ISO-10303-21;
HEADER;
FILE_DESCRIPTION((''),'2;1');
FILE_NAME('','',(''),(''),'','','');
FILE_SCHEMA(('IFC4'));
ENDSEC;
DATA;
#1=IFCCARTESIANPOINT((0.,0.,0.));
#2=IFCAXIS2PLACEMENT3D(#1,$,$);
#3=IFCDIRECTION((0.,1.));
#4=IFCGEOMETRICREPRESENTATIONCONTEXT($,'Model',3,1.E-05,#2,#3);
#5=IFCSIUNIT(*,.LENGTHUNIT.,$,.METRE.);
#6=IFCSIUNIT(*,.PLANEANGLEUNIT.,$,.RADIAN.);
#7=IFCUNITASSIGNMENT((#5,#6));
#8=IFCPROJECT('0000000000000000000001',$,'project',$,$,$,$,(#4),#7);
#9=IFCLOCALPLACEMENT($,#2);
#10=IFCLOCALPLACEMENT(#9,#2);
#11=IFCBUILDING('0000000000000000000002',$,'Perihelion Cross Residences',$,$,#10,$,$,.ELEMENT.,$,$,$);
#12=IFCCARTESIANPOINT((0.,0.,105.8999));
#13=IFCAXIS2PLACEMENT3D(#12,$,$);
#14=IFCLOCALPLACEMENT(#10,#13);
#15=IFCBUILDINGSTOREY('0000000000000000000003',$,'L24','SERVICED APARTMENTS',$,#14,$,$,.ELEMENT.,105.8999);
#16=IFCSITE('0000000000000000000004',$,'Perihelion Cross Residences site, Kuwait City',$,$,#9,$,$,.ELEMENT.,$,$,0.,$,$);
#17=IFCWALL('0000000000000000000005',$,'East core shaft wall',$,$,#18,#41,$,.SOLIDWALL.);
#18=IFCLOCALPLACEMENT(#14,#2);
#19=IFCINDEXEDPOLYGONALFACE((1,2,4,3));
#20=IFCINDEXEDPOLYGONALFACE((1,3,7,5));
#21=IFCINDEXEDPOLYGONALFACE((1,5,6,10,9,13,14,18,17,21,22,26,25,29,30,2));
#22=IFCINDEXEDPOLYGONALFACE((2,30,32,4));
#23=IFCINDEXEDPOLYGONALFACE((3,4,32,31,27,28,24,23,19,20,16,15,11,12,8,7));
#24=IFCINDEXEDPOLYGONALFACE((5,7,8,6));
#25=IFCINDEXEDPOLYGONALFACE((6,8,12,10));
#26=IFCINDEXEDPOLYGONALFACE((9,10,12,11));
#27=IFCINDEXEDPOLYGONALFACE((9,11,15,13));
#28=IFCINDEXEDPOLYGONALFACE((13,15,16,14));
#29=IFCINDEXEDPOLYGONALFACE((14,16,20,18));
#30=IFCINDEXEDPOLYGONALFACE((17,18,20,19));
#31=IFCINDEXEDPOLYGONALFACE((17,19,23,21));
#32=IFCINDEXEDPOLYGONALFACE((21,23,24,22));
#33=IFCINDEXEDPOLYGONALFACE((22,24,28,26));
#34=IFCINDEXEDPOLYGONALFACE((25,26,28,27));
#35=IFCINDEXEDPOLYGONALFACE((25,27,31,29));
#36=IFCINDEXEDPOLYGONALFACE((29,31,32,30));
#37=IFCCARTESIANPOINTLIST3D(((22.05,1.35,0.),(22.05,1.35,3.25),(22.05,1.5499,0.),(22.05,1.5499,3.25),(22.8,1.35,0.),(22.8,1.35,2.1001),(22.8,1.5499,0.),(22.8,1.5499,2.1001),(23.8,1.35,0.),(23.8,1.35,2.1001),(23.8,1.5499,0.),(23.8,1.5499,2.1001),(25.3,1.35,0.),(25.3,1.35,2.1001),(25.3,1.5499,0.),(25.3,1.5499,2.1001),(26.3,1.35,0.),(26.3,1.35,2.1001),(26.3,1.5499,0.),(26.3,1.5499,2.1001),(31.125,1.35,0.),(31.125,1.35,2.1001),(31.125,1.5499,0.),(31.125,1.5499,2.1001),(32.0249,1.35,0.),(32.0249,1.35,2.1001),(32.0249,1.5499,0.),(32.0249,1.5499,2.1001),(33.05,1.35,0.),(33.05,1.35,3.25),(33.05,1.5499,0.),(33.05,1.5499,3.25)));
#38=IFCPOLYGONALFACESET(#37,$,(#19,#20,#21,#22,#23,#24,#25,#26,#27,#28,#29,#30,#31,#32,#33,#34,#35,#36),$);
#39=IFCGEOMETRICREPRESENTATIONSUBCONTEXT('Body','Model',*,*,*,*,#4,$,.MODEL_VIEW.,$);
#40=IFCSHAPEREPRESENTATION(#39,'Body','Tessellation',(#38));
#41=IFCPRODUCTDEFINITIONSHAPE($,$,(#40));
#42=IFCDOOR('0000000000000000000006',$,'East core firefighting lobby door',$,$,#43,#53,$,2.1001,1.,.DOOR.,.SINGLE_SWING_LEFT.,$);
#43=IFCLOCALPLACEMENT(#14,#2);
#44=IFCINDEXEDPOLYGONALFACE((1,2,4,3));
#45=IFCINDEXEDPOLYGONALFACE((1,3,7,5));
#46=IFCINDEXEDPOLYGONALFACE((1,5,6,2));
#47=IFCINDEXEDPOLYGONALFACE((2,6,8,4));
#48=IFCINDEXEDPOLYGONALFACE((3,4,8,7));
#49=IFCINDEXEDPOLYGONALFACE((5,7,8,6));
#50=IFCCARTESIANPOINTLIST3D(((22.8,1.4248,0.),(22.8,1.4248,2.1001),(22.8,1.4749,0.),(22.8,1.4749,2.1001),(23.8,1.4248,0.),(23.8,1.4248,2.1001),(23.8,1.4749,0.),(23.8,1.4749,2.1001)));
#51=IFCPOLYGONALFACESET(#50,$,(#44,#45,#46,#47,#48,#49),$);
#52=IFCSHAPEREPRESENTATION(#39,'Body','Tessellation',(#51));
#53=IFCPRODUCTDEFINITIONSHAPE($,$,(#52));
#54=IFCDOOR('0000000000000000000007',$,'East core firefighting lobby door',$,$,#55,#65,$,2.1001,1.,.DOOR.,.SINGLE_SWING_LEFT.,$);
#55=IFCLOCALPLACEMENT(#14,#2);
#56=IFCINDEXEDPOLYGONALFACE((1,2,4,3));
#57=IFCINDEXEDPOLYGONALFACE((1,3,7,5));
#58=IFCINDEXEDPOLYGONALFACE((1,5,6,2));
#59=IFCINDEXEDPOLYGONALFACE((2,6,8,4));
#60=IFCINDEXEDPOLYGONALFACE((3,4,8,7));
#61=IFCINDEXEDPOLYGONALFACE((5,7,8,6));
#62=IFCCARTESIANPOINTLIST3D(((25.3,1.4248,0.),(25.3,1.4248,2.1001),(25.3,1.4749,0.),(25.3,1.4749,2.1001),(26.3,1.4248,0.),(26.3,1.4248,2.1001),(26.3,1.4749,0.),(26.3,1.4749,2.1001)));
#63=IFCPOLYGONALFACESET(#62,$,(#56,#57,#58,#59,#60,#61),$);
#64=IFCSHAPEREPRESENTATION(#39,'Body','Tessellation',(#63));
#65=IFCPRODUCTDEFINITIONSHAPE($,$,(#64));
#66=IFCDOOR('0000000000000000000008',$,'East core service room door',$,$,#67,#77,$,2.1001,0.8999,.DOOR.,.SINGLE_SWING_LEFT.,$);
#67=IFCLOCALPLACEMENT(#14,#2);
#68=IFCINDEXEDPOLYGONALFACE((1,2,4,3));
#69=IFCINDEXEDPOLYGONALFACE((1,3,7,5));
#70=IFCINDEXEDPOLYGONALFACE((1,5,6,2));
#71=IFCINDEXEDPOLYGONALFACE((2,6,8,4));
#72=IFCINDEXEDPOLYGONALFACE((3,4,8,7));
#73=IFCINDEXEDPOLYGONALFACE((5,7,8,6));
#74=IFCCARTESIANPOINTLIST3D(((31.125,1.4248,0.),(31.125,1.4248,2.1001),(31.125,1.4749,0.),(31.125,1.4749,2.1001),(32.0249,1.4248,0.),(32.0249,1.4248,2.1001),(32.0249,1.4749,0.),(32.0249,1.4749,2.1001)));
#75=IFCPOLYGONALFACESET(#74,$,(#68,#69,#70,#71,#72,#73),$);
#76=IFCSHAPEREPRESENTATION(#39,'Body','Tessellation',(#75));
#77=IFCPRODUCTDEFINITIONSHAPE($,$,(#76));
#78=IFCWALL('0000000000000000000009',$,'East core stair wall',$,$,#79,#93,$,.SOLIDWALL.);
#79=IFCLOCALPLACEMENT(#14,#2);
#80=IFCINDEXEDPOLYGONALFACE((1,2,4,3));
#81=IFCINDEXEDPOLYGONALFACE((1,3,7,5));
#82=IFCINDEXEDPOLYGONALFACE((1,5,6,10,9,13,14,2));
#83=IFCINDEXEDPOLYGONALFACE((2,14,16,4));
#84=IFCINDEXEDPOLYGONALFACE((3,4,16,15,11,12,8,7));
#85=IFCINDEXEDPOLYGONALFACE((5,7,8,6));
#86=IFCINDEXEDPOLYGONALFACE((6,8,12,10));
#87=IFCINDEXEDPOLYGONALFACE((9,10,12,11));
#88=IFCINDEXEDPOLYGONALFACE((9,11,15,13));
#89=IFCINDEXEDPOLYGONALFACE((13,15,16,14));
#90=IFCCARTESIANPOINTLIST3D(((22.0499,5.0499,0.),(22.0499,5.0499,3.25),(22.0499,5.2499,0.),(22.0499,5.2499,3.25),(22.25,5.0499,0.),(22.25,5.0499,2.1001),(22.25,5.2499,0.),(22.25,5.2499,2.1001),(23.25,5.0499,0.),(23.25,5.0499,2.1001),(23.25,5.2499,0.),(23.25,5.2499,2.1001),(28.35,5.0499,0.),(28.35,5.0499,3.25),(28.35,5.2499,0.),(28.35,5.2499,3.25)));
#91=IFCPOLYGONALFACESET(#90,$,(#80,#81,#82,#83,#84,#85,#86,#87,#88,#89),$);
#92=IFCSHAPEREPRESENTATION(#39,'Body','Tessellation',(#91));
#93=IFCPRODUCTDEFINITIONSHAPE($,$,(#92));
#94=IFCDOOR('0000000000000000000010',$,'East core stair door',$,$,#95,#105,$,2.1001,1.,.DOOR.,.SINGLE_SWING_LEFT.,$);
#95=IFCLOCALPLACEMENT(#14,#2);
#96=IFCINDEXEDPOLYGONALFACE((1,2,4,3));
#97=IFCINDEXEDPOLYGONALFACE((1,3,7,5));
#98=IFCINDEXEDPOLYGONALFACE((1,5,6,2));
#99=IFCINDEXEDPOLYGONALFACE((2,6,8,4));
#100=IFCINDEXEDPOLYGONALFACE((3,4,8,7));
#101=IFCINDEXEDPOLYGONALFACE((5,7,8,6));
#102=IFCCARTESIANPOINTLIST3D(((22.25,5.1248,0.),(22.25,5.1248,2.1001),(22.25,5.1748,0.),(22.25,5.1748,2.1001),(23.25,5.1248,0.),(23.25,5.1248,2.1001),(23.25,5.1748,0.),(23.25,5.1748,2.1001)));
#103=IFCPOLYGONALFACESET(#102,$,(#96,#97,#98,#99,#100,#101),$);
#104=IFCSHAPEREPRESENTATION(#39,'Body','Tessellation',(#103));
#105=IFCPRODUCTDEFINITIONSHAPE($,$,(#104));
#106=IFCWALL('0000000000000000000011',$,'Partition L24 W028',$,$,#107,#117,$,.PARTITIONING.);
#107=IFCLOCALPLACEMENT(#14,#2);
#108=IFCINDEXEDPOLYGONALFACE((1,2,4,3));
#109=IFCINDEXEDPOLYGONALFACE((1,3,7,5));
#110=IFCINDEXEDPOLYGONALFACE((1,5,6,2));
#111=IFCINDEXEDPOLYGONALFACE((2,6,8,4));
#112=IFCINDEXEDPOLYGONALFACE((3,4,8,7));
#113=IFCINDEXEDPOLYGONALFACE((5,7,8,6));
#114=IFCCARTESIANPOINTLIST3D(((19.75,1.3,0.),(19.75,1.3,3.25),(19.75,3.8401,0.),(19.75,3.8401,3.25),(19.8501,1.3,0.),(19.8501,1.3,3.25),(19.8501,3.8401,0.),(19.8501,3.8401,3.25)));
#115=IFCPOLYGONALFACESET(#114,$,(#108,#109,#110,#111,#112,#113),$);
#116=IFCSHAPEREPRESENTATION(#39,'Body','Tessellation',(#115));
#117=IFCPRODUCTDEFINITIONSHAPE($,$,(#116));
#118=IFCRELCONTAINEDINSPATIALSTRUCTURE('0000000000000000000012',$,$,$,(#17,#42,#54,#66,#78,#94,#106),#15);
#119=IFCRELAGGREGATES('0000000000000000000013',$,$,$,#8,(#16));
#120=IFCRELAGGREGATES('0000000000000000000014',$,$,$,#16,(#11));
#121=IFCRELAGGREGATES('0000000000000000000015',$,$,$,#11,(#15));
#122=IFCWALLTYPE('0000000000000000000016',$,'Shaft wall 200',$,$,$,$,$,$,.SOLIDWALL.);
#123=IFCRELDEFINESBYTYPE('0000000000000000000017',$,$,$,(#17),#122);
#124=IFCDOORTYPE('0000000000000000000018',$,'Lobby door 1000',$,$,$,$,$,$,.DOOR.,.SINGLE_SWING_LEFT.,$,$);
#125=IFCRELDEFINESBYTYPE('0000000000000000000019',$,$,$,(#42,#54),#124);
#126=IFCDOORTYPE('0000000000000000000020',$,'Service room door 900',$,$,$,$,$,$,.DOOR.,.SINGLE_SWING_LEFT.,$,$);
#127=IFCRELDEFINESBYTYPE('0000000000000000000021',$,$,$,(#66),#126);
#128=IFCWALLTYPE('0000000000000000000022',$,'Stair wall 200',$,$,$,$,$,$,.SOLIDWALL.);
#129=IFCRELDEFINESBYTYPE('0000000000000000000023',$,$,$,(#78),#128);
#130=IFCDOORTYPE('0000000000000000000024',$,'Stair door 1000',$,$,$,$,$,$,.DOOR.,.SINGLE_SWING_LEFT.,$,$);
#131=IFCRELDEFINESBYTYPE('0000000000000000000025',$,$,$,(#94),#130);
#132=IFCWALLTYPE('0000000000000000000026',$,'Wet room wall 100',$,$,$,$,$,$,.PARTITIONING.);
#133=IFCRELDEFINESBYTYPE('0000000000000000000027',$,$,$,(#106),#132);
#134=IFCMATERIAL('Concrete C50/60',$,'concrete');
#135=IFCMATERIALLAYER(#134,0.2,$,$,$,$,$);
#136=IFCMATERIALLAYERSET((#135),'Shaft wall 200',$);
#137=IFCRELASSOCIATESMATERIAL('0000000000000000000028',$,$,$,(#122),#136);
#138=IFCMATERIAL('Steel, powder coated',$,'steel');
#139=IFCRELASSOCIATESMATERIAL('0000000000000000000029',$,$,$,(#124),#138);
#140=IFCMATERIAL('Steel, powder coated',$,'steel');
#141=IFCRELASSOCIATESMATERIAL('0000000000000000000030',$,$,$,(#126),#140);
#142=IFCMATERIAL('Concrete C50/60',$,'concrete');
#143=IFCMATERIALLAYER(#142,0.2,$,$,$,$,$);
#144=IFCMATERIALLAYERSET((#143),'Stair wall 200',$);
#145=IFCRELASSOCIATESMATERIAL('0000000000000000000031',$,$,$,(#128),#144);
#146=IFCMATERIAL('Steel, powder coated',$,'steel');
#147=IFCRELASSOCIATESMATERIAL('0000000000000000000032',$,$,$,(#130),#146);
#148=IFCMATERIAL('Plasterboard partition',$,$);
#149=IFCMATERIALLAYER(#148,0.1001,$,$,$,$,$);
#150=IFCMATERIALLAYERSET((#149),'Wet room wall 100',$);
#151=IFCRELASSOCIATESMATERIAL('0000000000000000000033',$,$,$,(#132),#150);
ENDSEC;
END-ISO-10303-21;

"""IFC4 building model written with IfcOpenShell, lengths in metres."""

from ifc_helpers import new_model, si_unit, direction, frame, frame_2d, origin, place, context, subcontext, project, spatial, rectangle, extrude, material, layer, layer_set, type_object, element, fill, save


model = new_model("IFC4")

# Units and contexts
model_context = context("Model", 3, precision=1e-05, world=origin(), true_north=direction((0.0, 1.0)))
body_context = subcontext(model_context, "Body", "Model", "MODEL_VIEW")
ifc_project = project(units=[si_unit("LENGTHUNIT", "METRE"), si_unit("PLANEANGLEUNIT", "RADIAN")], contexts=[model_context])

# Site, building, storey
site_placement = place(None, origin())
site = spatial("IfcSite", under=ifc_project, at=site_placement, Name="Perihelion Cross Residences site, Kuwait City", CompositionType="ELEMENT", RefElevation=0.0)
building_placement = place(site_placement, origin())
building = spatial("IfcBuilding", under=site, at=building_placement, Name="Perihelion Cross Residences", CompositionType="ELEMENT")
storey_placement = place(building_placement, frame((0.0, 0.0, 105.8999)))
storey = spatial("IfcBuildingStorey", under=building, at=storey_placement, Name="L24", Description="SERVICED APARTMENTS", CompositionType="ELEMENT", Elevation=105.8999)

# Wall, openings, doors
ifc_material_1 = material(Name="Concrete C50/60", Category="concrete")
ifc_layer_1 = layer(ifc_material_1, 0.2)
ifc_layer_set_1 = layer_set([ifc_layer_1], Name="Shaft wall 200")
wall_type_1 = type_object("IfcWallType", Name="Shaft wall 200", PredefinedType="SOLIDWALL", material=ifc_layer_set_1)
wall_1_placement = place(storey_placement, frame((22.05, 1.45, 0.0), z_axis=(0.0, 0.0, 1.0), x_axis=(1.0, 0.0, 0.0)))
wall_1 = element("IfcWall", 1, at=wall_1_placement, inside=storey, type_object=wall_type_1, Name="East core shaft wall", PredefinedType="SOLIDWALL", context=body_context, shape_type="SweptSolid", body=[
    extrude(rectangle(XDim=11.0, YDim=0.2, at=frame_2d((5.5, 0.0))), origin(), (0.0, 0.0, 1.0), 3.25),
])
opening_1_placement = place(wall_1_placement, frame((0.75, 0.0, 0.0)))
opening_1 = element("IfcOpeningElement", 2, at=opening_1_placement, cuts=wall_1, PredefinedType="OPENING", context=body_context, shape_type="SweptSolid", body=[
    extrude(rectangle(XDim=1.0, YDim=2.1001, at=frame_2d((0.5, 1.05))), frame((0.0, 0.1099, 0.0), z_axis=(0.0, -1.0, 0.0), x_axis=(1.0, 0.0, 0.0)), (0.0, 0.0, 1.0), 0.22),
])
opening_2_placement = place(wall_1_placement, frame((3.25, 0.0, 0.0)))
opening_2 = element("IfcOpeningElement", 3, at=opening_2_placement, cuts=wall_1, PredefinedType="OPENING", context=body_context, shape_type="SweptSolid", body=[
    extrude(rectangle(XDim=1.0, YDim=2.1001, at=frame_2d((0.5, 1.05))), frame((0.0, 0.1099, 0.0), z_axis=(0.0, -1.0, 0.0), x_axis=(1.0, 0.0, 0.0)), (0.0, 0.0, 1.0), 0.22),
])
opening_3_placement = place(wall_1_placement, frame((9.075, 0.0, 0.0)))
opening_3 = element("IfcOpeningElement", 4, at=opening_3_placement, cuts=wall_1, PredefinedType="OPENING", context=body_context, shape_type="SweptSolid", body=[
    extrude(rectangle(XDim=0.8999, YDim=2.1001, at=frame_2d((0.45, 1.05))), frame((0.0, 0.1099, 0.0), z_axis=(0.0, -1.0, 0.0), x_axis=(1.0, 0.0, 0.0)), (0.0, 0.0, 1.0), 0.22),
])
ifc_material_2 = material(Name="Steel, powder coated", Category="steel")
door_type_1 = type_object("IfcDoorType", Name="Lobby door 1000", OperationType="SINGLE_SWING_LEFT", PredefinedType="DOOR", material=ifc_material_2)
door_1_placement = place(opening_1_placement, origin())
door_1 = element("IfcDoor", 5, at=door_1_placement, inside=storey, type_object=door_type_1, Name="East core firefighting lobby door", OperationType="SINGLE_SWING_LEFT", OverallHeight=2.1001, OverallWidth=1.0, PredefinedType="DOOR", context=body_context, shape_type="SweptSolid", body=[
    extrude(rectangle(XDim=1.0, YDim=2.1001, at=frame_2d((0.5, 1.05))), frame((0.0, 0.0249, 0.0), z_axis=(0.0, -1.0, 0.0), x_axis=(1.0, 0.0, 0.0)), (0.0, 0.0, 1.0), 0.05),
])
fill(opening_1, door_1)
door_2_placement = place(opening_2_placement, origin())
door_2 = element("IfcDoor", 6, at=door_2_placement, inside=storey, type_object=door_type_1, Name="East core firefighting lobby door", OperationType="SINGLE_SWING_LEFT", OverallHeight=2.1001, OverallWidth=1.0, PredefinedType="DOOR", context=body_context, shape_type="SweptSolid", body=[
    extrude(rectangle(XDim=1.0, YDim=2.1001, at=frame_2d((0.5, 1.05))), frame((0.0, 0.0249, 0.0), z_axis=(0.0, -1.0, 0.0), x_axis=(1.0, 0.0, 0.0)), (0.0, 0.0, 1.0), 0.05),
])
fill(opening_2, door_2)
ifc_material_3 = material(Name="Steel, powder coated", Category="steel")
door_type_2 = type_object("IfcDoorType", Name="Service room door 900", OperationType="SINGLE_SWING_LEFT", PredefinedType="DOOR", material=ifc_material_3)
door_3_placement = place(opening_3_placement, origin())
door_3 = element("IfcDoor", 7, at=door_3_placement, inside=storey, type_object=door_type_2, Name="East core service room door", OperationType="SINGLE_SWING_LEFT", OverallHeight=2.1001, OverallWidth=0.8999, PredefinedType="DOOR", context=body_context, shape_type="SweptSolid", body=[
    extrude(rectangle(XDim=0.8999, YDim=2.1001, at=frame_2d((0.45, 1.05))), frame((0.0, 0.0249, 0.0), z_axis=(0.0, -1.0, 0.0), x_axis=(1.0, 0.0, 0.0)), (0.0, 0.0, 1.0), 0.05),
])
fill(opening_3, door_3)

# Wall, opening, door
ifc_material_4 = material(Name="Concrete C50/60", Category="concrete")
ifc_layer_2 = layer(ifc_material_4, 0.2)
ifc_layer_set_2 = layer_set([ifc_layer_2], Name="Stair wall 200")
wall_type_2 = type_object("IfcWallType", Name="Stair wall 200", PredefinedType="SOLIDWALL", material=ifc_layer_set_2)
wall_2_placement = place(storey_placement, frame((22.05, 5.1499, 0.0), z_axis=(0.0, 0.0, 1.0), x_axis=(1.0, 0.0, 0.0)))
wall_2 = element("IfcWall", 8, at=wall_2_placement, inside=storey, type_object=wall_type_2, Name="East core stair wall", PredefinedType="SOLIDWALL", context=body_context, shape_type="SweptSolid", body=[
    extrude(rectangle(XDim=6.3, YDim=0.2, at=frame_2d((3.1499, 0.0))), origin(), (0.0, 0.0, 1.0), 3.25),
])
opening_4_placement = place(wall_2_placement, frame((0.2, 0.0, 0.0)))
opening_4 = element("IfcOpeningElement", 9, at=opening_4_placement, cuts=wall_2, PredefinedType="OPENING", context=body_context, shape_type="SweptSolid", body=[
    extrude(rectangle(XDim=1.0, YDim=2.1001, at=frame_2d((0.5, 1.05))), frame((0.0, 0.1099, 0.0), z_axis=(0.0, -1.0, 0.0), x_axis=(1.0, 0.0, 0.0)), (0.0, 0.0, 1.0), 0.22),
])
ifc_material_5 = material(Name="Steel, powder coated", Category="steel")
door_type_3 = type_object("IfcDoorType", Name="Stair door 1000", OperationType="SINGLE_SWING_LEFT", PredefinedType="DOOR", material=ifc_material_5)
door_4_placement = place(opening_4_placement, origin())
door_4 = element("IfcDoor", 10, at=door_4_placement, inside=storey, type_object=door_type_3, Name="East core stair door", OperationType="SINGLE_SWING_LEFT", OverallHeight=2.1001, OverallWidth=1.0, PredefinedType="DOOR", context=body_context, shape_type="SweptSolid", body=[
    extrude(rectangle(XDim=1.0, YDim=2.1001, at=frame_2d((0.5, 1.05))), frame((0.0, 0.0249, 0.0), z_axis=(0.0, -1.0, 0.0), x_axis=(1.0, 0.0, 0.0)), (0.0, 0.0, 1.0), 0.05),
])
fill(opening_4, door_4)

# Wall
ifc_material_6 = material(Name="Plasterboard partition")
ifc_layer_3 = layer(ifc_material_6, 0.1001)
ifc_layer_set_3 = layer_set([ifc_layer_3], Name="Wet room wall 100")
wall_type_3 = type_object("IfcWallType", Name="Wet room wall 100", PredefinedType="PARTITIONING", material=ifc_layer_set_3)
wall_3_placement = place(storey_placement, frame((19.8, 3.8401, 0.0), z_axis=(0.0, 0.0, 1.0), x_axis=(0.0, -1.0, 0.0)))
element("IfcWall", 11, at=wall_3_placement, inside=storey, type_object=wall_type_3, Name="Partition L24 W028", PredefinedType="PARTITIONING", context=body_context, shape_type="SweptSolid", body=[
    extrude(rectangle(XDim=2.54, YDim=0.1001, at=frame_2d((1.27, 0.0))), origin(), (0.0, 0.0, 1.0), 3.25),
])

save(model, "model.ifc")
